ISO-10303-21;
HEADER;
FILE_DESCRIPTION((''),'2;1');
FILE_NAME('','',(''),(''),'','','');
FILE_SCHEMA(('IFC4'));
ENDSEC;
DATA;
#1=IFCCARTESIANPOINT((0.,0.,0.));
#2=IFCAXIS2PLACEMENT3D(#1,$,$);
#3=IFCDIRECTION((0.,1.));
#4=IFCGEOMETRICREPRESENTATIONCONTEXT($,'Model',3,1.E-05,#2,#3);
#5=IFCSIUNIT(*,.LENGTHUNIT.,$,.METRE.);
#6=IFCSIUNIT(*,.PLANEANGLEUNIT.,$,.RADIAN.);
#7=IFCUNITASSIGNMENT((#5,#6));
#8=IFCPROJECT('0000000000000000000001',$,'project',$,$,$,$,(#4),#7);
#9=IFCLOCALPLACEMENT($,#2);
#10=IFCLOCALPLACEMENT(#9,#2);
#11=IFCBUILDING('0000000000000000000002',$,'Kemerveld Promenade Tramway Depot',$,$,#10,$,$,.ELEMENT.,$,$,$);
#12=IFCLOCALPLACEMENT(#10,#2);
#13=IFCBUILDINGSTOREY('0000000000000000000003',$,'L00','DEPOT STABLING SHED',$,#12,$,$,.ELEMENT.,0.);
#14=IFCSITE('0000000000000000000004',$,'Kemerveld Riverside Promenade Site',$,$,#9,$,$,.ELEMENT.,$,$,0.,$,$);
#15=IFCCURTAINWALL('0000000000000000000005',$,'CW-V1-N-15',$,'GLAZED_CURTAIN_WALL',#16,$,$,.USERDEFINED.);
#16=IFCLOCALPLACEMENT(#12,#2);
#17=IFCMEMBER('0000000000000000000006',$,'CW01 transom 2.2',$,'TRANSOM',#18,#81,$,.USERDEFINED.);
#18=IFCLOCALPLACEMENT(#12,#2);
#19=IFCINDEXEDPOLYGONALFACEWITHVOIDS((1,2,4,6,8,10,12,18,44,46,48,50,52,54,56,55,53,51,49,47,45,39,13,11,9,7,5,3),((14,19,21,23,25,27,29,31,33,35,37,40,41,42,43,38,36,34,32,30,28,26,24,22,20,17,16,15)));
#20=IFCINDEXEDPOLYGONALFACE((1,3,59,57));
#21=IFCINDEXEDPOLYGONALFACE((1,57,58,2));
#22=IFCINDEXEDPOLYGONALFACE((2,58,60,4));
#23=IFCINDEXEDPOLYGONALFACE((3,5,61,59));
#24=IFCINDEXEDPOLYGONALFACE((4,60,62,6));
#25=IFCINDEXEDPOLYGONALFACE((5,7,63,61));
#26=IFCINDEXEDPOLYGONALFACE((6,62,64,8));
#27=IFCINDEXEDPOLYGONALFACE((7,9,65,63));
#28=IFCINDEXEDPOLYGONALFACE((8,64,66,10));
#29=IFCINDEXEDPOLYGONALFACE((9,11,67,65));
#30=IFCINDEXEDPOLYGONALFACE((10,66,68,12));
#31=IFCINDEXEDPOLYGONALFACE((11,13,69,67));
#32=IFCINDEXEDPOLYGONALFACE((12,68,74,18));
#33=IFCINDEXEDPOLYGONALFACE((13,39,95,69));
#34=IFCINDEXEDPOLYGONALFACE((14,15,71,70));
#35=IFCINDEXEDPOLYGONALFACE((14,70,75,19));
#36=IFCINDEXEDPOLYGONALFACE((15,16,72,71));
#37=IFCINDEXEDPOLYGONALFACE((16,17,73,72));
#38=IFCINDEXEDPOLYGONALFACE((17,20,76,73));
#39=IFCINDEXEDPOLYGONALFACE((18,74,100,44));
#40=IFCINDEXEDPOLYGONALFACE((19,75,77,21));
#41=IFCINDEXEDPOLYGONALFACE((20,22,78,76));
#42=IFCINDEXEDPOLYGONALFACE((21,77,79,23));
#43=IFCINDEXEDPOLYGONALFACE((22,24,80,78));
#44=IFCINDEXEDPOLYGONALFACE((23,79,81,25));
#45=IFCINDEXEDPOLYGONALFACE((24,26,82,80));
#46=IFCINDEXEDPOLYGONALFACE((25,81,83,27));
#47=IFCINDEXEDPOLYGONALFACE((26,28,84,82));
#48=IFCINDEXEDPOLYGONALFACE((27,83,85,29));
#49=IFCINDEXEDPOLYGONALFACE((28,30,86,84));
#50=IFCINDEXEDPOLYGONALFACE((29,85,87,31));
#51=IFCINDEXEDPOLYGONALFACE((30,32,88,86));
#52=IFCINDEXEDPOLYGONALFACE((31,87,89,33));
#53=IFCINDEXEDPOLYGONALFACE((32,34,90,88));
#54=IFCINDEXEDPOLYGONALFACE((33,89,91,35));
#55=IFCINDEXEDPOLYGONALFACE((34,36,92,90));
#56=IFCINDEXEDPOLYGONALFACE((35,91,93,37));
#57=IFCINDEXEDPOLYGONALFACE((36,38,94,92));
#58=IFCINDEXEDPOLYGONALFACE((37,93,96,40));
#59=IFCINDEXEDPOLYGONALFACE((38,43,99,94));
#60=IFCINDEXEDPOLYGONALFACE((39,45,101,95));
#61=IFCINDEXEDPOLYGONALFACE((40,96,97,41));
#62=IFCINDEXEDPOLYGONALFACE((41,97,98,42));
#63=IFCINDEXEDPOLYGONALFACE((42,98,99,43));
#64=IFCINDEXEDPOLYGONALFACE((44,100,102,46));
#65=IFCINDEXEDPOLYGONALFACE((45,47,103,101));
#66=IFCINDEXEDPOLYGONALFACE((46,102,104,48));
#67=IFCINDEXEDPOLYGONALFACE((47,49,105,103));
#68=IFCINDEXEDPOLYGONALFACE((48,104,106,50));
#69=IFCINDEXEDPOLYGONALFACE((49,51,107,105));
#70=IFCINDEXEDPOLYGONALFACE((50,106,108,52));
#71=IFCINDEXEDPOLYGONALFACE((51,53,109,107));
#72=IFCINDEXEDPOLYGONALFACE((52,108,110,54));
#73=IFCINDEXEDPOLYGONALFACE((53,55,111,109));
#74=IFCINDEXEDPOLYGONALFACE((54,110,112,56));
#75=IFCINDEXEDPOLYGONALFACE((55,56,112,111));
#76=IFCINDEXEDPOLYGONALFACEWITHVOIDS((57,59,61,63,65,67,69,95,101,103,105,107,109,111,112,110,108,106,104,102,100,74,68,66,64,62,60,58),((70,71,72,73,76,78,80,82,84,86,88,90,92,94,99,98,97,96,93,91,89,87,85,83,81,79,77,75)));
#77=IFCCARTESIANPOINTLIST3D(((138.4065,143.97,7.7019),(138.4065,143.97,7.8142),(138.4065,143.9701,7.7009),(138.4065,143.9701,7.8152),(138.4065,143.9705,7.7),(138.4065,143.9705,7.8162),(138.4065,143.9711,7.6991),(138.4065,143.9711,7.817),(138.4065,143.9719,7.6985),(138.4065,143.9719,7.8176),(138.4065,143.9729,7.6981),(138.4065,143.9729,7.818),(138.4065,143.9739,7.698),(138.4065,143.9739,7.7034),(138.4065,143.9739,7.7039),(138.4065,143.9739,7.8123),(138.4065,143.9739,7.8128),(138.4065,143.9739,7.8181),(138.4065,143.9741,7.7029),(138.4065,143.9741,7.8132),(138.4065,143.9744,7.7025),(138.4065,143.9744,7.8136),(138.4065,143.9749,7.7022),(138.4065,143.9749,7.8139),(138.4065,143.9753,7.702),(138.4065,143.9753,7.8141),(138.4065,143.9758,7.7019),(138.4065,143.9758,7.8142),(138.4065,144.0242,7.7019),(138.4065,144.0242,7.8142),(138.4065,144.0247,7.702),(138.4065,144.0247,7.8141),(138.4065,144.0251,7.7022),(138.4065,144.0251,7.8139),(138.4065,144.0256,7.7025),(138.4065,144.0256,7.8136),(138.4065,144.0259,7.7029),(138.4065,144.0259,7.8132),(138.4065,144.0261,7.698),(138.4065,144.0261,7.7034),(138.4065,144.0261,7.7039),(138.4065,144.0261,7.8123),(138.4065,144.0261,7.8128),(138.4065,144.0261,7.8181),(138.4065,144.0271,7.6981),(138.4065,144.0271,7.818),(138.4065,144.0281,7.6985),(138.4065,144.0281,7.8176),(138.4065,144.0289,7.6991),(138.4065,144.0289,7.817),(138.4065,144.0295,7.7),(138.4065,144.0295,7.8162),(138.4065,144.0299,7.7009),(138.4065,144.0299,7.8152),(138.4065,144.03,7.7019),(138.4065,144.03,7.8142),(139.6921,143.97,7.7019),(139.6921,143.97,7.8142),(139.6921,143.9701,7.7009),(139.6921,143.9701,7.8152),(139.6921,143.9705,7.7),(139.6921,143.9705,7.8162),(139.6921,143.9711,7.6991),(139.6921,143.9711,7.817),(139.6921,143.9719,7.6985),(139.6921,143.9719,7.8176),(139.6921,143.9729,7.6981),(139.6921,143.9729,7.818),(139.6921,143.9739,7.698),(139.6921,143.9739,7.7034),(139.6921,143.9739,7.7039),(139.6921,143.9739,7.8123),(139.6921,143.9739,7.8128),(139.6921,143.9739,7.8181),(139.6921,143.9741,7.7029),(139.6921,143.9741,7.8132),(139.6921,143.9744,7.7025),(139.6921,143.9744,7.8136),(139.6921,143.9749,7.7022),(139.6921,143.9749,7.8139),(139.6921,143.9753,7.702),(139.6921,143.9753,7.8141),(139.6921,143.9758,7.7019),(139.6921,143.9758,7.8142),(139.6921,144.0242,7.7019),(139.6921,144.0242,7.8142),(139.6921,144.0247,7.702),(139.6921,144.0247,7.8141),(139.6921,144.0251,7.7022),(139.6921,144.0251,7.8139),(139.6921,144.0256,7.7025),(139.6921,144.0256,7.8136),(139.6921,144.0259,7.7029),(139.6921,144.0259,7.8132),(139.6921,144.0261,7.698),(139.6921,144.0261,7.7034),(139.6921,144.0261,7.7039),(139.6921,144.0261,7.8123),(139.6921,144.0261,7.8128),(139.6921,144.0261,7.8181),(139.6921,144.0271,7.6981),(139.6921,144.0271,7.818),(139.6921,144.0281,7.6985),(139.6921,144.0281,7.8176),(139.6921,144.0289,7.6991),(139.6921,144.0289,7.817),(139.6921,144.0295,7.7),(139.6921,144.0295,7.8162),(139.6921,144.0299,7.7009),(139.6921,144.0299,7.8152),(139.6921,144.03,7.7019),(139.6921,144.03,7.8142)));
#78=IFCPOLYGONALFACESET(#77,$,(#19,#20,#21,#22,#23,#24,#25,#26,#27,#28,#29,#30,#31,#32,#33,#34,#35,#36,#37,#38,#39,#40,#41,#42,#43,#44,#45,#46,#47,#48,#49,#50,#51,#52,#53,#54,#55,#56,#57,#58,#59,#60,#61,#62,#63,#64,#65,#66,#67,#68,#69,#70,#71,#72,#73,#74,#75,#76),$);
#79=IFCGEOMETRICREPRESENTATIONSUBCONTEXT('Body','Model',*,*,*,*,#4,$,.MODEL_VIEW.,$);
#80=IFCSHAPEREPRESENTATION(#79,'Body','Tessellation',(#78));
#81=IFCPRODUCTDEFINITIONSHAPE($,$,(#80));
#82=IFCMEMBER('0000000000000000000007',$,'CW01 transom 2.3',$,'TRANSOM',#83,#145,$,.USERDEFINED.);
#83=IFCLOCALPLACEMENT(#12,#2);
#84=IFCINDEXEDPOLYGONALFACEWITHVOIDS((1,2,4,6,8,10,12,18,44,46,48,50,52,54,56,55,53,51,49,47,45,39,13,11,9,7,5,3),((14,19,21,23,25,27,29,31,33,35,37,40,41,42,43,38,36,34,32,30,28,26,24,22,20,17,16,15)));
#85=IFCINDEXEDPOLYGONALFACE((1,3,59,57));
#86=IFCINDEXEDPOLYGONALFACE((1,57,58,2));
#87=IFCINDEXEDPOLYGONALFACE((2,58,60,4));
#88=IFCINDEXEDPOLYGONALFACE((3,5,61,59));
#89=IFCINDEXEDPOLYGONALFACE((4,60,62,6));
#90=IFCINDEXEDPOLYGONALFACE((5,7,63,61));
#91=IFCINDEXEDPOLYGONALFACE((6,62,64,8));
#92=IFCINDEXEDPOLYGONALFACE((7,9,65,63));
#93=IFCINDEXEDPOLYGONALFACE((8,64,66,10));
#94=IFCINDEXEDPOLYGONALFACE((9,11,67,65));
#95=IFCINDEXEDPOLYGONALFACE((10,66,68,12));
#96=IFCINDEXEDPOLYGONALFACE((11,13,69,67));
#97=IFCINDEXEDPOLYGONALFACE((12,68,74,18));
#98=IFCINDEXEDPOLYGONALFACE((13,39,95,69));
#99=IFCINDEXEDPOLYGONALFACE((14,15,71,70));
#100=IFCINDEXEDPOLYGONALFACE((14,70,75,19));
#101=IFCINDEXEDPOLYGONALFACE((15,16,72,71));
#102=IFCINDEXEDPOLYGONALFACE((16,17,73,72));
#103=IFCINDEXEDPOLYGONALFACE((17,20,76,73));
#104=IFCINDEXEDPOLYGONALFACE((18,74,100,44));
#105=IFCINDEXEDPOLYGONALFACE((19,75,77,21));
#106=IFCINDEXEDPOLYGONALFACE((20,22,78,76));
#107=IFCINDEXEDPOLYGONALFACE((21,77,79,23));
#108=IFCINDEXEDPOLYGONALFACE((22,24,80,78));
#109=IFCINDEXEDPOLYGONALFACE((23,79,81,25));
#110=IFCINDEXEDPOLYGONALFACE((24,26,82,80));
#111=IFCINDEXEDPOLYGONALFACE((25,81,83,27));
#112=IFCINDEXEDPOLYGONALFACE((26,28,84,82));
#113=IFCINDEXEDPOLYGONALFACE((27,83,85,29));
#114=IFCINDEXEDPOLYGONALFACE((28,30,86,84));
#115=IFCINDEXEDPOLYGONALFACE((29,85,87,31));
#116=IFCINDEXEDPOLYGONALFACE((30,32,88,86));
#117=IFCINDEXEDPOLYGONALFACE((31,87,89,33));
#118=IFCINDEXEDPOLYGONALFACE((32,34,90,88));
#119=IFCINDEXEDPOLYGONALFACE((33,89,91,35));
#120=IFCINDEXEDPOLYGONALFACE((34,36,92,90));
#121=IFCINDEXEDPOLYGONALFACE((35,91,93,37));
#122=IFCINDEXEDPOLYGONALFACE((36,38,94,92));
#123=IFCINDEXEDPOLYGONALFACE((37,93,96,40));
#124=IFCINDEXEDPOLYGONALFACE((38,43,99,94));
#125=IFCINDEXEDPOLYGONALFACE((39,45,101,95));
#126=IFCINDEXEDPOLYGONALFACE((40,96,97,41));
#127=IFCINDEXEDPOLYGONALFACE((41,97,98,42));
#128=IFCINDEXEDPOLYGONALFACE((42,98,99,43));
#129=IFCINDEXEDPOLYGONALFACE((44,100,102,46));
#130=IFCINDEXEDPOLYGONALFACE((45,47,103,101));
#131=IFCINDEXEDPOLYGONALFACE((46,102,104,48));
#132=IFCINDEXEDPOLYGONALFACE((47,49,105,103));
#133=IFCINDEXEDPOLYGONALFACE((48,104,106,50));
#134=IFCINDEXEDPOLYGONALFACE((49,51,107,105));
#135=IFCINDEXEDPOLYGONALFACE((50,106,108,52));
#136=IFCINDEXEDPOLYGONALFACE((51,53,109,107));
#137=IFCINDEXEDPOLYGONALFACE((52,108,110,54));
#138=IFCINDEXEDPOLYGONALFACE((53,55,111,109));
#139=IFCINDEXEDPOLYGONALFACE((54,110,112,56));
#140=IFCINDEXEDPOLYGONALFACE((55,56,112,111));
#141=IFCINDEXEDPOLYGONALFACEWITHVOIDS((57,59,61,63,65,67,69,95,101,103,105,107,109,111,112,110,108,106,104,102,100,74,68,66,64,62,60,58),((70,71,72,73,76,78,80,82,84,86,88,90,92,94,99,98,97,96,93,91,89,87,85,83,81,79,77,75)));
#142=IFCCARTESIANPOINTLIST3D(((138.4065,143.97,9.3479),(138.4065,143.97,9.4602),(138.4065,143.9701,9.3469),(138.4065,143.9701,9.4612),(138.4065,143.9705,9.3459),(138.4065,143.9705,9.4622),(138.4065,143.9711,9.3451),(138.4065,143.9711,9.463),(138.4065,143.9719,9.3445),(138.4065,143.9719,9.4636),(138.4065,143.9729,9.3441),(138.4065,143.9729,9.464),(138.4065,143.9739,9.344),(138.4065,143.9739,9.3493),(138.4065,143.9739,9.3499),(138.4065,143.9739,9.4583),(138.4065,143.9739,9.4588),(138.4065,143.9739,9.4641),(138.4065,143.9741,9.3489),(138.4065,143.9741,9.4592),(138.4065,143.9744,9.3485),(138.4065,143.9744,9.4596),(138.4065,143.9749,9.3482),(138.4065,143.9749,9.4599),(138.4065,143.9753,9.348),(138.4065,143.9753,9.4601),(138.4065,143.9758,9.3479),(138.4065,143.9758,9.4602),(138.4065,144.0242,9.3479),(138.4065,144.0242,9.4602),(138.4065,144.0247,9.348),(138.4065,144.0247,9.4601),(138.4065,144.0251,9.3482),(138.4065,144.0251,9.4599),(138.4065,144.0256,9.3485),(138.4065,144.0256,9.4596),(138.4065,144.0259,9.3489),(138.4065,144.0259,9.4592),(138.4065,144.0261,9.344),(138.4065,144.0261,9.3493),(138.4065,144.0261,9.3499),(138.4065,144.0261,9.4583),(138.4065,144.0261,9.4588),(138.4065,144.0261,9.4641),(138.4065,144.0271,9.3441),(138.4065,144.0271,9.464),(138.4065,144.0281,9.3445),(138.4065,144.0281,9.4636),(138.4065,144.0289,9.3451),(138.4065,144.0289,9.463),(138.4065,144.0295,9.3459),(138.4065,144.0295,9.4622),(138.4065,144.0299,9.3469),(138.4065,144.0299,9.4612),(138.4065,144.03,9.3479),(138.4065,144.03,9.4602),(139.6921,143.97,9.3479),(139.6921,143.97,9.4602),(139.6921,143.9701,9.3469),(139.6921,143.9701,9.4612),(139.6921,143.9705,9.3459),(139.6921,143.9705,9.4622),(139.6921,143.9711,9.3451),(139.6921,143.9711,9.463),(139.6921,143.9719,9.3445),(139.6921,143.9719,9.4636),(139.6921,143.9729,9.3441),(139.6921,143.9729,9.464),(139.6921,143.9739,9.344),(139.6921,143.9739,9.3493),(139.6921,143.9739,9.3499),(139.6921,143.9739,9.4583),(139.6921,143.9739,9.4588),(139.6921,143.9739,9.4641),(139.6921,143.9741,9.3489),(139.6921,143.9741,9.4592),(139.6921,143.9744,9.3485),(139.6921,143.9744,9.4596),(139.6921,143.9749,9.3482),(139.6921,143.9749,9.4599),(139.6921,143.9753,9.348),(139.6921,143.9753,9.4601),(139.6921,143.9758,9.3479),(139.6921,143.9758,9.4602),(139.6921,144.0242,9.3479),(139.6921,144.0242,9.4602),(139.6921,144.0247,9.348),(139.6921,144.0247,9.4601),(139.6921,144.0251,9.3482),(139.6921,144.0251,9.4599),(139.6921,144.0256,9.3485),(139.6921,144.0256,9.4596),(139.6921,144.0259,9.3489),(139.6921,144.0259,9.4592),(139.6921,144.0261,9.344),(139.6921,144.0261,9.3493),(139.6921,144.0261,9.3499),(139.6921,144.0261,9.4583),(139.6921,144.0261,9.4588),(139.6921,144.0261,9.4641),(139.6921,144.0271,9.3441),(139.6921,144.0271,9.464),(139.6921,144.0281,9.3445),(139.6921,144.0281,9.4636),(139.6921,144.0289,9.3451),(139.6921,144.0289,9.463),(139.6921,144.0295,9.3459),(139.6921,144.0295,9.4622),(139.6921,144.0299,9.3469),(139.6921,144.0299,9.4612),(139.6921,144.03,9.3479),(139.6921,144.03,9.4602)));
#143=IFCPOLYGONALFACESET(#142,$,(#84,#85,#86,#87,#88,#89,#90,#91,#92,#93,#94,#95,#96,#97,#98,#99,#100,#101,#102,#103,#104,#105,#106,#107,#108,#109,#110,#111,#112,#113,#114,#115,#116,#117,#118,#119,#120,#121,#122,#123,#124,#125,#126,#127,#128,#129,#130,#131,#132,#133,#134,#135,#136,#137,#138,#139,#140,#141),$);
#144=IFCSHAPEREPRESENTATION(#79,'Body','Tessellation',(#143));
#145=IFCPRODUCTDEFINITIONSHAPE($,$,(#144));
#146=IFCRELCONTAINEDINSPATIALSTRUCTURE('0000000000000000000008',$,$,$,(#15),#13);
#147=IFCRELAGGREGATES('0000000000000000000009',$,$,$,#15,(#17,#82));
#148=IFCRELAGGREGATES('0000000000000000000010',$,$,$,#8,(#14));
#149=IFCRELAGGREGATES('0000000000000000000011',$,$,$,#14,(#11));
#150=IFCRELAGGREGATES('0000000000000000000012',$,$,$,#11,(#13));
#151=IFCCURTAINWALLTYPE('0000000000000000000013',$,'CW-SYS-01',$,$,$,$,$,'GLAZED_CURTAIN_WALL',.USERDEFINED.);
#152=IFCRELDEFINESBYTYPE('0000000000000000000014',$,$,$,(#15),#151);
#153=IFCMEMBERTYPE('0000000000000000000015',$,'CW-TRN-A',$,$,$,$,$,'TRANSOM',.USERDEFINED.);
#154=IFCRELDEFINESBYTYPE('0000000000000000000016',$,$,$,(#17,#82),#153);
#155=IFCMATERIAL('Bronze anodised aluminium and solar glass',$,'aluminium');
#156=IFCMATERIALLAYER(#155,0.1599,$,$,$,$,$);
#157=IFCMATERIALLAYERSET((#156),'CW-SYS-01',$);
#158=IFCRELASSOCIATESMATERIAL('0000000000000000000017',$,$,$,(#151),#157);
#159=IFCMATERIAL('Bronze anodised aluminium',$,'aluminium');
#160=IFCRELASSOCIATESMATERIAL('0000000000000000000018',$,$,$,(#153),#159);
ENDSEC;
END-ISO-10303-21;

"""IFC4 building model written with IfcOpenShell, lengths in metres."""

from ifc_helpers import new_model, si_unit, direction, frame, origin, origin_2d, place, context, subcontext, project, spatial, hollow_rectangle, extrude, material, layer, layer_set, material_profile, profile_set, type_object, element, aggregate, save


model = new_model("IFC4")

# Units and contexts
model_context = context("Model", 3, precision=1e-05, world=origin(), true_north=direction((0.0, 1.0)))
body_context = subcontext(model_context, "Body", "Model", "MODEL_VIEW")
ifc_project = project(units=[si_unit("LENGTHUNIT", "METRE"), si_unit("PLANEANGLEUNIT", "RADIAN")], contexts=[model_context])

# Site, building, storey
site_placement = place(None, origin())
site = spatial("IfcSite", under=ifc_project, at=site_placement, Name="Kemerveld Riverside Promenade Site", CompositionType="ELEMENT", RefElevation=0.0)
building_placement = place(site_placement, origin())
building = spatial("IfcBuilding", under=site, at=building_placement, Name="Kemerveld Promenade Tramway Depot", CompositionType="ELEMENT")
storey_placement = place(building_placement, origin())
storey = spatial("IfcBuildingStorey", under=building, at=storey_placement, Name="L00", Description="DEPOT STABLING SHED", CompositionType="ELEMENT", Elevation=0.0)

# Curtain wall, members
ifc_material_1 = material(Name="Bronze anodised aluminium and solar glass", Category="aluminium")
ifc_layer_1 = layer(ifc_material_1, 0.1599)
ifc_layer_set_1 = layer_set([ifc_layer_1], Name="CW-SYS-01")
curtain_wall_type = type_object("IfcCurtainWallType", Name="CW-SYS-01", ElementType="GLAZED_CURTAIN_WALL", PredefinedType="USERDEFINED", material=ifc_layer_set_1)
curtain_wall_placement = place(storey_placement, origin())
curtain_wall = element("IfcCurtainWall", 1, at=curtain_wall_placement, inside=storey, type_object=curtain_wall_type, Name="CW-V1-N-15", ObjectType="GLAZED_CURTAIN_WALL", PredefinedType="USERDEFINED")
ifc_material_2 = material(Name="Bronze anodised aluminium", Category="aluminium")
ifc_material_profile_1 = material_profile(ifc_material_2, hollow_rectangle(XDim=0.0601, YDim=0.1201, WallThickness=0.0039, InnerFilletRadius=0.002, OuterFilletRadius=0.0039, at=origin_2d()), Name="CW-TRN-120x60")
ifc_profile_set_1 = profile_set([ifc_material_profile_1], Name="Bronze anodised aluminium")
member_type_1 = type_object("IfcMemberType", Name="CW-TRN-A", ElementType="TRANSOM", PredefinedType="USERDEFINED", material=ifc_profile_set_1)
member_1_placement = place(storey_placement, frame((138.4065, 144.0, 7.7581), z_axis=(1.0, 0.0, 0.0), x_axis=(0.0, 1.0, 0.0)))
member_1 = element("IfcMember", 2, at=member_1_placement, type_object=member_type_1, Name="CW01 transom 2.2", ObjectType="TRANSOM", PredefinedType="USERDEFINED", context=body_context, shape_type="SweptSolid", body=[
    extrude(hollow_rectangle(XDim=0.0601, YDim=0.1201, WallThickness=0.0039, InnerFilletRadius=0.002, OuterFilletRadius=0.0039, at=origin_2d()), origin(), (0.0, 0.0, 1.0), 1.2856),
])
member_2_placement = place(storey_placement, frame((138.4065, 144.0, 9.4041), z_axis=(1.0, 0.0, 0.0), x_axis=(0.0, 1.0, 0.0)))
member_2 = element("IfcMember", 3, at=member_2_placement, type_object=member_type_1, Name="CW01 transom 2.3", ObjectType="TRANSOM", PredefinedType="USERDEFINED", context=body_context, shape_type="SweptSolid", body=[
    extrude(hollow_rectangle(XDim=0.0601, YDim=0.1201, WallThickness=0.0039, InnerFilletRadius=0.002, OuterFilletRadius=0.0039, at=origin_2d()), origin(), (0.0, 0.0, 1.0), 1.2856),
])
aggregate(curtain_wall, [member_1, member_2])

save(model, "model.ifc")
